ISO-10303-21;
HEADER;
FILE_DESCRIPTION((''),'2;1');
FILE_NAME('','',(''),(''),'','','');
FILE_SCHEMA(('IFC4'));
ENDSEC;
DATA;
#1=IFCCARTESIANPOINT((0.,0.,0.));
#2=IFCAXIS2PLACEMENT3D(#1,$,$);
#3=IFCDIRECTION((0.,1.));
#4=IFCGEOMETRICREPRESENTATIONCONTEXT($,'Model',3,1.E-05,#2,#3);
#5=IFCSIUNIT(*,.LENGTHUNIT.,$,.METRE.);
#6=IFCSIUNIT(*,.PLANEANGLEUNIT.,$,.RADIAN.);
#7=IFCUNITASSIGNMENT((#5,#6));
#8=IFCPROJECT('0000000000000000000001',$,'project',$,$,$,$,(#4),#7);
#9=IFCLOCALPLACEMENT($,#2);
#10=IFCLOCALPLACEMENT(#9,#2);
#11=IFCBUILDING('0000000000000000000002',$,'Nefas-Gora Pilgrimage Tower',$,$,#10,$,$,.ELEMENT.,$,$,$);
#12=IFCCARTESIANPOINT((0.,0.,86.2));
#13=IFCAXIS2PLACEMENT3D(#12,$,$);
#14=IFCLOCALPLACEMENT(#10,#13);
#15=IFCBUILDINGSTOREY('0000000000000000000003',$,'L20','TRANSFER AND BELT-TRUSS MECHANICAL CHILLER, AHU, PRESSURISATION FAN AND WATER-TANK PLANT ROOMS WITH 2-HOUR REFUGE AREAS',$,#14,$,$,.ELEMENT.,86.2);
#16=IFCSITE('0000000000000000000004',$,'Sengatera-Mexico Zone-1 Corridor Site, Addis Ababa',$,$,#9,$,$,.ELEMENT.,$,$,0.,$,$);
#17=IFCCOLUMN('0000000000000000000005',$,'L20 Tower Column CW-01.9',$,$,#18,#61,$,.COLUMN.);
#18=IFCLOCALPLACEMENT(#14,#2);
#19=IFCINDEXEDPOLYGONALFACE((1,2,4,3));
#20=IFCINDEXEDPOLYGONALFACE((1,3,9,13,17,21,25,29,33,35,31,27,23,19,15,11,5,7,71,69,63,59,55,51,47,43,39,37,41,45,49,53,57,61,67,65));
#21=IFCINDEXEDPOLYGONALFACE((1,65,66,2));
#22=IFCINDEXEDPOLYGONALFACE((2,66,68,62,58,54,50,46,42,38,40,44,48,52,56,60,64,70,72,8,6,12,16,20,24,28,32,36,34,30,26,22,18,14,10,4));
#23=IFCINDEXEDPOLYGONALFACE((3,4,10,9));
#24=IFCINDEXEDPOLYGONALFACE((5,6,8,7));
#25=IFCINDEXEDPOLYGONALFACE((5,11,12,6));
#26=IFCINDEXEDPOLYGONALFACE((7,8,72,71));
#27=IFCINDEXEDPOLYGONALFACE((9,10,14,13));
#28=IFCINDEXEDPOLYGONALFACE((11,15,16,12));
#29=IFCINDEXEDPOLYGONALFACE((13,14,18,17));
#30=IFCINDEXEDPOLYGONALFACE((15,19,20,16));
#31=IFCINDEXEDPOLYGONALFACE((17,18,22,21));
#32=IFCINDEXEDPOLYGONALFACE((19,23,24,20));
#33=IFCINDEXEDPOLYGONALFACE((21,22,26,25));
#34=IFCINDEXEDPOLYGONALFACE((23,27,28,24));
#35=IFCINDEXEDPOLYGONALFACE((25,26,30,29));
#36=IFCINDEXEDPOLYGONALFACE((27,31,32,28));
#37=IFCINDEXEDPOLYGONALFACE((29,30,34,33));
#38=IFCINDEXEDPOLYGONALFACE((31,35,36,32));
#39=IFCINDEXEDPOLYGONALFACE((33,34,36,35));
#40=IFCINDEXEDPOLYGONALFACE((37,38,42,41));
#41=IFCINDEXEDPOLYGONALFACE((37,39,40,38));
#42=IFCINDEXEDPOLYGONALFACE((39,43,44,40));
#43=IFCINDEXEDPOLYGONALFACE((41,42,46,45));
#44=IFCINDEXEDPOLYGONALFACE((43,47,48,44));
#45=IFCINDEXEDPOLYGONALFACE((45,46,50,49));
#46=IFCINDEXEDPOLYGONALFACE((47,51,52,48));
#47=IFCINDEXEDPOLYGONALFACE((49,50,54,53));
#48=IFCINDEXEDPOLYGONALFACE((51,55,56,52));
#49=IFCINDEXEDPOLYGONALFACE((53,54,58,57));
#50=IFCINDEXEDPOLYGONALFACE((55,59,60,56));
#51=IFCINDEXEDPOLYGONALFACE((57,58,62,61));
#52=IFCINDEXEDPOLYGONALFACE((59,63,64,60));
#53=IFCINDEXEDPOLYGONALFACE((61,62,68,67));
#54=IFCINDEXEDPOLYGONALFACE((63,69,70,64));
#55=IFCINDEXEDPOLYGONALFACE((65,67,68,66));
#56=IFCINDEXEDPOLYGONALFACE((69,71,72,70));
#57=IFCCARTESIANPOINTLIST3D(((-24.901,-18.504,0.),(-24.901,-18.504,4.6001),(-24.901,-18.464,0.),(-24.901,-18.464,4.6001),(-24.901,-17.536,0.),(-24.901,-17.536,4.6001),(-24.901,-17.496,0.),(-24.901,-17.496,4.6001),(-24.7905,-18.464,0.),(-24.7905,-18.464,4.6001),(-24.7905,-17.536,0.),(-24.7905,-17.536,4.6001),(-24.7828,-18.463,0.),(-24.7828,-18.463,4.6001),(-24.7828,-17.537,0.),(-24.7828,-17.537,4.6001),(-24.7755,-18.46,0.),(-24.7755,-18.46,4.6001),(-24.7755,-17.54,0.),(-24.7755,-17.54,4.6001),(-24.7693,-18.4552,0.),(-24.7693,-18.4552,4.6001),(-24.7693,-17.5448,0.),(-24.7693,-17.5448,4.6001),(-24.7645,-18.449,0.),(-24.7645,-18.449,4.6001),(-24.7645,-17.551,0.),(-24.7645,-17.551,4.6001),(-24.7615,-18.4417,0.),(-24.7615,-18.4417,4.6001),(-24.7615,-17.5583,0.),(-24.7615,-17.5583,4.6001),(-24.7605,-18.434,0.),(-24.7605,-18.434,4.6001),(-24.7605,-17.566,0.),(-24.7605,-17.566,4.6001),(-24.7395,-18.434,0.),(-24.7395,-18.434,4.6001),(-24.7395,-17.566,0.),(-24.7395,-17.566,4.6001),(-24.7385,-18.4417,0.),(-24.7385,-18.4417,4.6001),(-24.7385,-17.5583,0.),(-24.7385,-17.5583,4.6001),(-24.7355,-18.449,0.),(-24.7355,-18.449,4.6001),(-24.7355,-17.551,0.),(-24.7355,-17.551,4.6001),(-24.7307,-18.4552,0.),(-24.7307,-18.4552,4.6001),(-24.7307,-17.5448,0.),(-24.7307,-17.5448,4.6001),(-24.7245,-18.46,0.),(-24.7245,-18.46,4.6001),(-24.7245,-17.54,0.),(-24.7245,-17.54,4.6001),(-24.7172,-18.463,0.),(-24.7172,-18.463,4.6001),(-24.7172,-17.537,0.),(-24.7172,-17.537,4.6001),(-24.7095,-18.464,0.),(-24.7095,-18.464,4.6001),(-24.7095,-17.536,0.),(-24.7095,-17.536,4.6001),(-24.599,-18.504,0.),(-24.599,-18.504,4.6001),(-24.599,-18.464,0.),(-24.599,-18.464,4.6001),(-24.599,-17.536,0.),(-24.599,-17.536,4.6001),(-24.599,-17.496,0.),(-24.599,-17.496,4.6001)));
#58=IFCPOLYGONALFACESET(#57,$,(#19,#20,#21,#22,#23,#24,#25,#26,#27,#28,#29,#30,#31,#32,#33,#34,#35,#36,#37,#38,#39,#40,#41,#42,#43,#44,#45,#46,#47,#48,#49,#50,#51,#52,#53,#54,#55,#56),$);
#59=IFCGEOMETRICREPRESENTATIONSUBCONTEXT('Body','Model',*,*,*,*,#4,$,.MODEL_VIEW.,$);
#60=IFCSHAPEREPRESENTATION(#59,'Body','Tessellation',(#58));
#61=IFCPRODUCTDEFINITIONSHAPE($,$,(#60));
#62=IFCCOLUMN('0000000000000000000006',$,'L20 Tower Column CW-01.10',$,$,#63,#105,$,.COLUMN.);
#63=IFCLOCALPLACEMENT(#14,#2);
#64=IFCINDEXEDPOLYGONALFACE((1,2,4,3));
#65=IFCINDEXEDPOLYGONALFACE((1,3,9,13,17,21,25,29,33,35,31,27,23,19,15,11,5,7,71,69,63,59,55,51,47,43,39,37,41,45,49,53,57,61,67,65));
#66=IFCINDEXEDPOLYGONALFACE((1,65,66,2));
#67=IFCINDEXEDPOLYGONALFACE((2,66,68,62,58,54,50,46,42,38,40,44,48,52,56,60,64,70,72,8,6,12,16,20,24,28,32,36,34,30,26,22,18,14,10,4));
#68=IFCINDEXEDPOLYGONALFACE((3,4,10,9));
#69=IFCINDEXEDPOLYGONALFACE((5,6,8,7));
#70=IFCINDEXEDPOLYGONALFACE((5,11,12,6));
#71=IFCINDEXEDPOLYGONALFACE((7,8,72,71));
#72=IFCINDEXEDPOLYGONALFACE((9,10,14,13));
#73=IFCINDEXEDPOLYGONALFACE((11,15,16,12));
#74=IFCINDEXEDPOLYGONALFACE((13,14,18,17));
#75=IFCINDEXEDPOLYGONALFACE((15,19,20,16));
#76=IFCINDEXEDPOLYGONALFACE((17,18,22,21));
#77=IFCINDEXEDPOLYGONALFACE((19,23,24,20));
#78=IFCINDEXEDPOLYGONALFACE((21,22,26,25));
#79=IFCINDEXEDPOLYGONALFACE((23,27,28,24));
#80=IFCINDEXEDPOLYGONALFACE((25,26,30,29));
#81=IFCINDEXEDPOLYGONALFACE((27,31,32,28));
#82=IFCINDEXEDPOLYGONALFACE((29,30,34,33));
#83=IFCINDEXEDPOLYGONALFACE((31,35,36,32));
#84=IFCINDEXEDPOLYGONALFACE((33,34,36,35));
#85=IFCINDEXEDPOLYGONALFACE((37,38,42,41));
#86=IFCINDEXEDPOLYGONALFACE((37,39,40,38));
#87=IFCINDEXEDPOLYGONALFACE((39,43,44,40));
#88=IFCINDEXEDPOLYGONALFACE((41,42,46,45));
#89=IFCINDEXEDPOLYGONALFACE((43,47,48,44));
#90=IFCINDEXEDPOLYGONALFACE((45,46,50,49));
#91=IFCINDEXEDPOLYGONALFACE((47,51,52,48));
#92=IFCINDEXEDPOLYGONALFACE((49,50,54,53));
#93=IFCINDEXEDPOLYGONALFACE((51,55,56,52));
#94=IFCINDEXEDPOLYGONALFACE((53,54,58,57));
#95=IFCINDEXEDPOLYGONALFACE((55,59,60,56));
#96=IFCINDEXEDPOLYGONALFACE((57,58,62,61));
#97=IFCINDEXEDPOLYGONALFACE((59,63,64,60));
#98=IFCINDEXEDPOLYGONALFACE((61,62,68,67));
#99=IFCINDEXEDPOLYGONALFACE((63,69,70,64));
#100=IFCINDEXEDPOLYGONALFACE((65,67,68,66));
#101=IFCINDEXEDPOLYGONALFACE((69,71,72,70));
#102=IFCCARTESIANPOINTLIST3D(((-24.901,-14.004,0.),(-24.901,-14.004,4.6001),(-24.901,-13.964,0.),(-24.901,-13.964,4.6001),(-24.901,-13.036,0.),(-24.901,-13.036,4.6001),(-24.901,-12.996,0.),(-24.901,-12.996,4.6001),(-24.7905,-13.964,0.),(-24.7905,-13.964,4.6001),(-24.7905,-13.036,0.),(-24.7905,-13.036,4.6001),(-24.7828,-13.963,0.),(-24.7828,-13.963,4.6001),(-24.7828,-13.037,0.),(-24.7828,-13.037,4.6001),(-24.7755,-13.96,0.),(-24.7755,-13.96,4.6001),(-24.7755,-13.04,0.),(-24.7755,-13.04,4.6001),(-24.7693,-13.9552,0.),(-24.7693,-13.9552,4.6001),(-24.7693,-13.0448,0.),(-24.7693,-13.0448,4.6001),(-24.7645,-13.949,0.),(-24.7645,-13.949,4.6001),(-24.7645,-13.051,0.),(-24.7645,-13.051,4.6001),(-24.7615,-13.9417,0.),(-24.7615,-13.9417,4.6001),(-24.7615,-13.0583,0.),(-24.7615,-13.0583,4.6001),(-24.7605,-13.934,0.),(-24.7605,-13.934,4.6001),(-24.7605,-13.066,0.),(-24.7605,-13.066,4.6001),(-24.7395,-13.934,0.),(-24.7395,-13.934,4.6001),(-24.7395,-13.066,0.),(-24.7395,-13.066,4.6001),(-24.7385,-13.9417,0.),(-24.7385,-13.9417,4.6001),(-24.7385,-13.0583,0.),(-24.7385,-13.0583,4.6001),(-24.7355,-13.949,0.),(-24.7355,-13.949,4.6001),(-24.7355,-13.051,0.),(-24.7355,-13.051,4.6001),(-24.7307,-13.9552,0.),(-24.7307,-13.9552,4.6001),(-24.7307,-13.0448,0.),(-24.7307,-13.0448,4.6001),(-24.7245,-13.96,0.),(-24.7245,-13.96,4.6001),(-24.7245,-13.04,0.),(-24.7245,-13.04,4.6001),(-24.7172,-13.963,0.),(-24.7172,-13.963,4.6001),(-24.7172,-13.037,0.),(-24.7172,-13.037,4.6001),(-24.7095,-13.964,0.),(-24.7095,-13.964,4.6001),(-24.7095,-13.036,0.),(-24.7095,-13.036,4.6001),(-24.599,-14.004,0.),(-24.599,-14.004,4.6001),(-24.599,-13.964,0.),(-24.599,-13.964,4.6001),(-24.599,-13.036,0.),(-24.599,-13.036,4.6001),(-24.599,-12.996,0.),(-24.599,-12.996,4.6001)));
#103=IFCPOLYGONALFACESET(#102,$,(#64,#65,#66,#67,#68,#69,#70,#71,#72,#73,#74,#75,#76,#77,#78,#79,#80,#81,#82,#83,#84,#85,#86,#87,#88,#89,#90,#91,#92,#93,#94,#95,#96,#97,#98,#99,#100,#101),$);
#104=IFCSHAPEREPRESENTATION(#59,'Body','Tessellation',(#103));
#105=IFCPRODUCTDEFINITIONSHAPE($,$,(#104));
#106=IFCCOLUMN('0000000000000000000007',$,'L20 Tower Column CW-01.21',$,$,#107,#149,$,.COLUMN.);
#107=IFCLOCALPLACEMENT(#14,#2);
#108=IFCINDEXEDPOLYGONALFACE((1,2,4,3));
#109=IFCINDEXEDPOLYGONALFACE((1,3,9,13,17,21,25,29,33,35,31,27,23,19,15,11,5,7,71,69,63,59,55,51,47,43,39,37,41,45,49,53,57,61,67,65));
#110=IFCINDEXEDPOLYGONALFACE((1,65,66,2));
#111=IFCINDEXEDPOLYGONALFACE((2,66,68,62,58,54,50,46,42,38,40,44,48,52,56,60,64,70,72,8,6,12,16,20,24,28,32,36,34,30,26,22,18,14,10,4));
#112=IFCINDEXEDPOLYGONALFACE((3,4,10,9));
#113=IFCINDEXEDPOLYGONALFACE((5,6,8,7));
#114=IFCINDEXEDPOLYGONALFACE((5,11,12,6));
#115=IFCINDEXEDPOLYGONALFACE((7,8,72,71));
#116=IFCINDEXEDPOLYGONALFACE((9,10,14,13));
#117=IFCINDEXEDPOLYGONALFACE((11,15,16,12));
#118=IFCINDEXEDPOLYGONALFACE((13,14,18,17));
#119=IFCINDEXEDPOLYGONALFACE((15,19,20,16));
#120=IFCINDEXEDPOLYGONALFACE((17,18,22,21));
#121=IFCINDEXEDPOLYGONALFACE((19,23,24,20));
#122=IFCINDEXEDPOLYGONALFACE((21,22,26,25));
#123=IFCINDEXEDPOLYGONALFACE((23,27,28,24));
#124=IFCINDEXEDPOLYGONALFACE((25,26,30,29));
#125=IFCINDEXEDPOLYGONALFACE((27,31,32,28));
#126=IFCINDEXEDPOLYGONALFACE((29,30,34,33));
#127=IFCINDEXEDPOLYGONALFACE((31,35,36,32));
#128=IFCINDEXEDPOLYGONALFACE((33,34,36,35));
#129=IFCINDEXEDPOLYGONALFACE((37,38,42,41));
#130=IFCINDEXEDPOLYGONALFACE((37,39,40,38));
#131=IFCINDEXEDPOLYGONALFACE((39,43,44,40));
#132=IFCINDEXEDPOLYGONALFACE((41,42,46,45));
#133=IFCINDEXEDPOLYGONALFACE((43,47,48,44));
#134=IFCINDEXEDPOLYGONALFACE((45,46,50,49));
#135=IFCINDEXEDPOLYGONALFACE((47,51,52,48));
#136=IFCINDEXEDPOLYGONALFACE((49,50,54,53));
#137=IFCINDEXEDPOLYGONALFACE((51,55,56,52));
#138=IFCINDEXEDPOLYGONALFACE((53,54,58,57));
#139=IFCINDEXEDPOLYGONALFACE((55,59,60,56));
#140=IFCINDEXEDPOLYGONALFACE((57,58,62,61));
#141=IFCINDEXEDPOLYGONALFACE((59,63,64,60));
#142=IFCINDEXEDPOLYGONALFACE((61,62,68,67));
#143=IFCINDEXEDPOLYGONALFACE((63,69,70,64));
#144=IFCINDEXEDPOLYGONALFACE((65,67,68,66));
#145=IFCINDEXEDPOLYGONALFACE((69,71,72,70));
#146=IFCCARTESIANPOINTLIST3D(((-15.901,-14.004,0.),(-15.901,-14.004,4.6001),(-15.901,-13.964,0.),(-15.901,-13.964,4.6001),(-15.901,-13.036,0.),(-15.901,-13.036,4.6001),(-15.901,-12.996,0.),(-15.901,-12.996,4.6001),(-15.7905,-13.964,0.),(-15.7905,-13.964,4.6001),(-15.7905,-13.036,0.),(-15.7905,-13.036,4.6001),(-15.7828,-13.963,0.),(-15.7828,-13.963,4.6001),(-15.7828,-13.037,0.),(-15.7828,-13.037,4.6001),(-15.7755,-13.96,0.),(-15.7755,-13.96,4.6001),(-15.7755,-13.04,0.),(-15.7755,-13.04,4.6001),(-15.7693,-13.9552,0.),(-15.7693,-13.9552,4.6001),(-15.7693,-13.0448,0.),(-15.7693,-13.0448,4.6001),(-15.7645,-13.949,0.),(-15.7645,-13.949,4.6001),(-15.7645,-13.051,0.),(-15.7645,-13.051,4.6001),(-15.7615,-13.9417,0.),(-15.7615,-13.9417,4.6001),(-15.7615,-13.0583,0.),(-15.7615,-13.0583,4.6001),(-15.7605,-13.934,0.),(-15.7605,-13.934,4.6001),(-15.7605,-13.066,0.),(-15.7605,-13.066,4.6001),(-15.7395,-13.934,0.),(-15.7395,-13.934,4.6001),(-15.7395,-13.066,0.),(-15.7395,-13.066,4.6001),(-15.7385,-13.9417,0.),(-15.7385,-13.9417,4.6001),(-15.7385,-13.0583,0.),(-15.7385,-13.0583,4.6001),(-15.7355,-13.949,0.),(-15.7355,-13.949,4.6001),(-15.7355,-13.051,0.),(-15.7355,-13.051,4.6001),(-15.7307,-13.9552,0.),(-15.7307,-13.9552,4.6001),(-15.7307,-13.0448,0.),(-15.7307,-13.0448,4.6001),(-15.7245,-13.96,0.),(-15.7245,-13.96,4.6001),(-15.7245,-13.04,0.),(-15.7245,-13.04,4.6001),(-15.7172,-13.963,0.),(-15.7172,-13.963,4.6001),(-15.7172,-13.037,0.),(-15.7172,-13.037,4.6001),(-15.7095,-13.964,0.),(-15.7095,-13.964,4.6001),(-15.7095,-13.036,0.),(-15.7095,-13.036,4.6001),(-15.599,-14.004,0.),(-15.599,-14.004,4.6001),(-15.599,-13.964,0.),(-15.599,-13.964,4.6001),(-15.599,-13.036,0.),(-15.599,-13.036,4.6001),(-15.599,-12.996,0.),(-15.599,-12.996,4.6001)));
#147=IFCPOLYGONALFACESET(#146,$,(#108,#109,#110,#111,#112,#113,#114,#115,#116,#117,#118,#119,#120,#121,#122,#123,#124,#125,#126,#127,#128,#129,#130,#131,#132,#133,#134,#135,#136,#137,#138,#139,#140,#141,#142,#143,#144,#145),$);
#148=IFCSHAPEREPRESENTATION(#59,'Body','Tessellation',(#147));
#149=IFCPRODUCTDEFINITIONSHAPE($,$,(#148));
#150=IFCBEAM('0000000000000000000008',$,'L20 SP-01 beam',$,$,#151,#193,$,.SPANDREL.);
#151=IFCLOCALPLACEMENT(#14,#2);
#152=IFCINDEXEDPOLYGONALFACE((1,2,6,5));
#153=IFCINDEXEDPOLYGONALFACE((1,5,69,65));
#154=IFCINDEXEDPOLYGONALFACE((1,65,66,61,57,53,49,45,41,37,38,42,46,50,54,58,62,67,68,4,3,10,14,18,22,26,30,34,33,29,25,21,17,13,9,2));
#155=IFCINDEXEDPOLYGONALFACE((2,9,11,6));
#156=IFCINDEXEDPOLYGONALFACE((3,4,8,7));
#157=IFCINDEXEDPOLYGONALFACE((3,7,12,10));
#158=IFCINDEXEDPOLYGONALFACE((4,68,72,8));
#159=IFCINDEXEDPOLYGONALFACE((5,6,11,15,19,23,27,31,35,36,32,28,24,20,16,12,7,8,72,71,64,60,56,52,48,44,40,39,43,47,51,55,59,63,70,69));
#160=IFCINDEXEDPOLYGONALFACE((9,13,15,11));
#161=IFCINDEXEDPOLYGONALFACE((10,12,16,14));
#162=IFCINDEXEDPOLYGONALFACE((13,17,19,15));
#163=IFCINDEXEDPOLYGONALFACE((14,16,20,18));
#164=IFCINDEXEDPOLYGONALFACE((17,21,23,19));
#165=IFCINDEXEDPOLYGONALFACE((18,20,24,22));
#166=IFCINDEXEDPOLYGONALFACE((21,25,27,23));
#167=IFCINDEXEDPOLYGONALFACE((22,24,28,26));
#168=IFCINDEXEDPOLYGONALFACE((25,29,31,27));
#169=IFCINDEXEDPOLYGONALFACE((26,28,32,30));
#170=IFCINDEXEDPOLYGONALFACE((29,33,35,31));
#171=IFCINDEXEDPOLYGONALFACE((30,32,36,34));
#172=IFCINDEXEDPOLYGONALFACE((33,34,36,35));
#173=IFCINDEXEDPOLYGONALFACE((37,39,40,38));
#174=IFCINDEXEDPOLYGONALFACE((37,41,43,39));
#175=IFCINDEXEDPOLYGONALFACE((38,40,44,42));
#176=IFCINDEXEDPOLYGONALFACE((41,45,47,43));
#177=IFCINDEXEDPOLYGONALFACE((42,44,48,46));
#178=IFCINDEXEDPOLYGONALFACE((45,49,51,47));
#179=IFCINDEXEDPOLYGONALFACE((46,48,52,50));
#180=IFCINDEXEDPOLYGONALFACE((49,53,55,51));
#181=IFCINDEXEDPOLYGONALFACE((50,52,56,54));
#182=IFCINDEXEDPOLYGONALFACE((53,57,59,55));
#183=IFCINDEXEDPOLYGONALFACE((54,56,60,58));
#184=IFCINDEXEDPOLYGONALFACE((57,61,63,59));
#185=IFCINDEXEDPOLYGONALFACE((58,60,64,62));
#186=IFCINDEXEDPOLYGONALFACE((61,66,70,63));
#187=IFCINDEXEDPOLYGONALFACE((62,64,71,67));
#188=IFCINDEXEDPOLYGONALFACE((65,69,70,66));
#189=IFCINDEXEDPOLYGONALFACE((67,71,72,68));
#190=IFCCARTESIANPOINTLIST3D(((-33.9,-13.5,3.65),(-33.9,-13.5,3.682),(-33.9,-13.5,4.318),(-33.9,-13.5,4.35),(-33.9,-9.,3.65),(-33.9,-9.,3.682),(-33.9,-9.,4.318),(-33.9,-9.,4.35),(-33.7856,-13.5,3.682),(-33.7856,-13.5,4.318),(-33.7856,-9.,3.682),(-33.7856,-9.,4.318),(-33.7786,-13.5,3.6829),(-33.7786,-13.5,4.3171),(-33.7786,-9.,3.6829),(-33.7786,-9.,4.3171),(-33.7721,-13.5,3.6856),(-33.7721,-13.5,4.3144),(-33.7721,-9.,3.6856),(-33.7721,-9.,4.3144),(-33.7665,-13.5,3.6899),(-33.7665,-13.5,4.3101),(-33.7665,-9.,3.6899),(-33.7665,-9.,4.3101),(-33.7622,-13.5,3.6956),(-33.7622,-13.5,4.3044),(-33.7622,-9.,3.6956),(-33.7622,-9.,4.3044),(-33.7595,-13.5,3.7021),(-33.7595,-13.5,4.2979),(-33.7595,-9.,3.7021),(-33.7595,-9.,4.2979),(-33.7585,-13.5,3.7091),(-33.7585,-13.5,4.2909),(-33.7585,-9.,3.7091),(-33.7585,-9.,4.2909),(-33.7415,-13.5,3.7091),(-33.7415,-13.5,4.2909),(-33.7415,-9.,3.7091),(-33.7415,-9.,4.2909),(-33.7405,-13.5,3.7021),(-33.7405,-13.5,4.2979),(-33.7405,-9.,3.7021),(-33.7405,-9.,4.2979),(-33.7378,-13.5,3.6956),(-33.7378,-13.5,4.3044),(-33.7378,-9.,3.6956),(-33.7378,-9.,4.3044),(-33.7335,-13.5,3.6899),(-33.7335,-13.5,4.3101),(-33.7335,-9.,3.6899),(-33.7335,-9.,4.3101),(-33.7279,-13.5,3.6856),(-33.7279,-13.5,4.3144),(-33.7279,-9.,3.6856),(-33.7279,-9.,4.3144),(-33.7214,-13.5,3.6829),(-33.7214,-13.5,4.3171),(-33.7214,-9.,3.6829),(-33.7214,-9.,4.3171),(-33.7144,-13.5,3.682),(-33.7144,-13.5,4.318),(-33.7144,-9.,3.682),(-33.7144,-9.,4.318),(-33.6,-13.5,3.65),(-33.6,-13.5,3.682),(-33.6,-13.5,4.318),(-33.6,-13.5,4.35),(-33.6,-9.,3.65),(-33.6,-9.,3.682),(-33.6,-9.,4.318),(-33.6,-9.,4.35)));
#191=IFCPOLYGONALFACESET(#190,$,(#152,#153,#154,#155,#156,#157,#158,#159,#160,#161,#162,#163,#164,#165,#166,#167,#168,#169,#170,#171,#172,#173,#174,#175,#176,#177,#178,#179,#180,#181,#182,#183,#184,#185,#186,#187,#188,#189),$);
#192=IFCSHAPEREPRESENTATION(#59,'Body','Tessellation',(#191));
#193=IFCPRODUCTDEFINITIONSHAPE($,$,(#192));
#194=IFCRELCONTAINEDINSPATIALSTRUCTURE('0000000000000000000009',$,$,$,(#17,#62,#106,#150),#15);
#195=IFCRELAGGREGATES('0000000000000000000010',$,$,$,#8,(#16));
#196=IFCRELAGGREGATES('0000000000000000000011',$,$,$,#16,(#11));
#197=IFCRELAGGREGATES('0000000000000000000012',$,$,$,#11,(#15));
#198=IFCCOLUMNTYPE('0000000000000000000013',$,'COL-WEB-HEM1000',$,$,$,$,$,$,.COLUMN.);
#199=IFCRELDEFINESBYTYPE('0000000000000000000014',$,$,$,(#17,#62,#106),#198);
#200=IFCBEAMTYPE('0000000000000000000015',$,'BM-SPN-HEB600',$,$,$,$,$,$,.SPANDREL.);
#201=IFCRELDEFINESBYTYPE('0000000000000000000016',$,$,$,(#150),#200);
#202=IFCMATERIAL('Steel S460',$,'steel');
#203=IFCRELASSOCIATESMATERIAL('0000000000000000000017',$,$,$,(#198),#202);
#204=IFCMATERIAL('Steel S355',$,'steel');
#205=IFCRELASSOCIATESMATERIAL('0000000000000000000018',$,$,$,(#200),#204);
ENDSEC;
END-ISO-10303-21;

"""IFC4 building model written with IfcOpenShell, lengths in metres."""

from ifc_helpers import new_model, si_unit, direction, frame, origin, origin_2d, place, context, subcontext, project, spatial, i_section, extrude, source, transform, mapped, material, material_profile, profile_set, type_object, element, save


model = new_model("IFC4")

# Units and contexts
model_context = context("Model", 3, precision=1e-05, world=origin(), true_north=direction((0.0, 1.0)))
body_context = subcontext(model_context, "Body", "Model", "MODEL_VIEW")
ifc_project = project(units=[si_unit("LENGTHUNIT", "METRE"), si_unit("PLANEANGLEUNIT", "RADIAN")], contexts=[model_context])

# Site, building, storey
site_placement = place(None, origin())
site = spatial("IfcSite", under=ifc_project, at=site_placement, Name="Sengatera-Mexico Zone-1 Corridor Site, Addis Ababa", CompositionType="ELEMENT", RefElevation=0.0)
building_placement = place(site_placement, origin())
building = spatial("IfcBuilding", under=site, at=building_placement, Name="Nefas-Gora Pilgrimage Tower", CompositionType="ELEMENT")
storey_placement = place(building_placement, frame((0.0, 0.0, 86.2)))
storey = spatial("IfcBuildingStorey", under=building, at=storey_placement, Name="L20", Description="TRANSFER AND BELT-TRUSS MECHANICAL CHILLER, AHU, PRESSURISATION FAN AND WATER-TANK PLANT ROOMS WITH 2-HOUR REFUGE AREAS", CompositionType="ELEMENT", Elevation=86.2)

# Columns
ifc_material_1 = material(Name="Steel S460", Category="steel")
ifc_material_profile_1 = material_profile(ifc_material_1, i_section(OverallWidth=0.302, OverallDepth=1.0081, WebThickness=0.021, FlangeThickness=0.04, FilletRadius=0.03, at=origin_2d()), Name="HEM 1000")
ifc_profile_set_1 = profile_set([ifc_material_profile_1], Name="Steel S460")
column_type_1 = type_object("IfcColumnType", Name="COL-WEB-HEM1000", PredefinedType="COLUMN", material=ifc_profile_set_1)
shared_shape_1 = source(origin(), body_context, "Body", "SweptSolid", [
    extrude(i_section(OverallWidth=0.302, OverallDepth=1.0081, WebThickness=0.021, FlangeThickness=0.04, FilletRadius=0.03, at=origin_2d()), origin(), (0.0, 0.0, 1.0), 4.6001),
])
for number, where, z_axis, x_axis, name in (
    (1, (-24.75, -18.0, 0.0), (0.0, 0.0, 1.0), (1.0, 0.0, 0.0), "L20 Tower Column CW-01.9"),
    (2, (-24.75, -13.5, 0.0), (0.0, 0.0, 1.0), (1.0, 0.0, 0.0), "L20 Tower Column CW-01.10"),
    (3, (-15.75, -13.5, 0.0), (0.0, 0.0, 1.0), (1.0, 0.0, 0.0), "L20 Tower Column CW-01.21"),
):
    element("IfcColumn", number, at=place(storey_placement, frame(where, z_axis=z_axis, x_axis=x_axis)), inside=storey, type_object=column_type_1, Name=name, PredefinedType="COLUMN", context=body_context, shape_type="MappedRepresentation", body=[
        mapped(shared_shape_1, transform((0.0, 0.0, 0.0), x_axis=(1.0, 0.0, 0.0), y_axis=(0.0, 1.0, 0.0), z_axis=(0.0, 0.0, 1.0), scale=1.0)),
    ])

# Beam
ifc_material_2 = material(Name="Steel S355", Category="steel")
ifc_material_profile_2 = material_profile(ifc_material_2, i_section(OverallWidth=0.3, OverallDepth=0.7, WebThickness=0.0171, FlangeThickness=0.032, FilletRadius=0.0271, at=origin_2d()), Name="HEB 700")
ifc_profile_set_2 = profile_set([ifc_material_profile_2], Name="Steel S355")
beam_type_1 = type_object("IfcBeamType", Name="BM-SPN-HEB600", PredefinedType="SPANDREL", material=ifc_profile_set_2)
shared_shape_2 = source(origin(), body_context, "Body", "SweptSolid", [
    extrude(i_section(OverallWidth=0.3, OverallDepth=0.7, WebThickness=0.0171, FlangeThickness=0.032, FilletRadius=0.0271, at=origin_2d()), origin(), (0.0, 0.0, 1.0), 4.5),
])
for number, where, z_axis, x_axis, name in (
    (4, (-33.75, -13.5, 4.0), (0.0, 1.0, 0.0), (-1.0, 0.0, 0.0), "L20 SP-01 beam"),
):
    element("IfcBeam", number, at=place(storey_placement, frame(where, z_axis=z_axis, x_axis=x_axis)), inside=storey, type_object=beam_type_1, Name=name, PredefinedType="SPANDREL", context=body_context, shape_type="MappedRepresentation", body=[
        mapped(shared_shape_2, transform((0.0, 0.0, 0.0), x_axis=(1.0, 0.0, 0.0), y_axis=(0.0, 1.0, 0.0), z_axis=(0.0, 0.0, 1.0), scale=1.0)),
    ])

save(model, "model.ifc")
